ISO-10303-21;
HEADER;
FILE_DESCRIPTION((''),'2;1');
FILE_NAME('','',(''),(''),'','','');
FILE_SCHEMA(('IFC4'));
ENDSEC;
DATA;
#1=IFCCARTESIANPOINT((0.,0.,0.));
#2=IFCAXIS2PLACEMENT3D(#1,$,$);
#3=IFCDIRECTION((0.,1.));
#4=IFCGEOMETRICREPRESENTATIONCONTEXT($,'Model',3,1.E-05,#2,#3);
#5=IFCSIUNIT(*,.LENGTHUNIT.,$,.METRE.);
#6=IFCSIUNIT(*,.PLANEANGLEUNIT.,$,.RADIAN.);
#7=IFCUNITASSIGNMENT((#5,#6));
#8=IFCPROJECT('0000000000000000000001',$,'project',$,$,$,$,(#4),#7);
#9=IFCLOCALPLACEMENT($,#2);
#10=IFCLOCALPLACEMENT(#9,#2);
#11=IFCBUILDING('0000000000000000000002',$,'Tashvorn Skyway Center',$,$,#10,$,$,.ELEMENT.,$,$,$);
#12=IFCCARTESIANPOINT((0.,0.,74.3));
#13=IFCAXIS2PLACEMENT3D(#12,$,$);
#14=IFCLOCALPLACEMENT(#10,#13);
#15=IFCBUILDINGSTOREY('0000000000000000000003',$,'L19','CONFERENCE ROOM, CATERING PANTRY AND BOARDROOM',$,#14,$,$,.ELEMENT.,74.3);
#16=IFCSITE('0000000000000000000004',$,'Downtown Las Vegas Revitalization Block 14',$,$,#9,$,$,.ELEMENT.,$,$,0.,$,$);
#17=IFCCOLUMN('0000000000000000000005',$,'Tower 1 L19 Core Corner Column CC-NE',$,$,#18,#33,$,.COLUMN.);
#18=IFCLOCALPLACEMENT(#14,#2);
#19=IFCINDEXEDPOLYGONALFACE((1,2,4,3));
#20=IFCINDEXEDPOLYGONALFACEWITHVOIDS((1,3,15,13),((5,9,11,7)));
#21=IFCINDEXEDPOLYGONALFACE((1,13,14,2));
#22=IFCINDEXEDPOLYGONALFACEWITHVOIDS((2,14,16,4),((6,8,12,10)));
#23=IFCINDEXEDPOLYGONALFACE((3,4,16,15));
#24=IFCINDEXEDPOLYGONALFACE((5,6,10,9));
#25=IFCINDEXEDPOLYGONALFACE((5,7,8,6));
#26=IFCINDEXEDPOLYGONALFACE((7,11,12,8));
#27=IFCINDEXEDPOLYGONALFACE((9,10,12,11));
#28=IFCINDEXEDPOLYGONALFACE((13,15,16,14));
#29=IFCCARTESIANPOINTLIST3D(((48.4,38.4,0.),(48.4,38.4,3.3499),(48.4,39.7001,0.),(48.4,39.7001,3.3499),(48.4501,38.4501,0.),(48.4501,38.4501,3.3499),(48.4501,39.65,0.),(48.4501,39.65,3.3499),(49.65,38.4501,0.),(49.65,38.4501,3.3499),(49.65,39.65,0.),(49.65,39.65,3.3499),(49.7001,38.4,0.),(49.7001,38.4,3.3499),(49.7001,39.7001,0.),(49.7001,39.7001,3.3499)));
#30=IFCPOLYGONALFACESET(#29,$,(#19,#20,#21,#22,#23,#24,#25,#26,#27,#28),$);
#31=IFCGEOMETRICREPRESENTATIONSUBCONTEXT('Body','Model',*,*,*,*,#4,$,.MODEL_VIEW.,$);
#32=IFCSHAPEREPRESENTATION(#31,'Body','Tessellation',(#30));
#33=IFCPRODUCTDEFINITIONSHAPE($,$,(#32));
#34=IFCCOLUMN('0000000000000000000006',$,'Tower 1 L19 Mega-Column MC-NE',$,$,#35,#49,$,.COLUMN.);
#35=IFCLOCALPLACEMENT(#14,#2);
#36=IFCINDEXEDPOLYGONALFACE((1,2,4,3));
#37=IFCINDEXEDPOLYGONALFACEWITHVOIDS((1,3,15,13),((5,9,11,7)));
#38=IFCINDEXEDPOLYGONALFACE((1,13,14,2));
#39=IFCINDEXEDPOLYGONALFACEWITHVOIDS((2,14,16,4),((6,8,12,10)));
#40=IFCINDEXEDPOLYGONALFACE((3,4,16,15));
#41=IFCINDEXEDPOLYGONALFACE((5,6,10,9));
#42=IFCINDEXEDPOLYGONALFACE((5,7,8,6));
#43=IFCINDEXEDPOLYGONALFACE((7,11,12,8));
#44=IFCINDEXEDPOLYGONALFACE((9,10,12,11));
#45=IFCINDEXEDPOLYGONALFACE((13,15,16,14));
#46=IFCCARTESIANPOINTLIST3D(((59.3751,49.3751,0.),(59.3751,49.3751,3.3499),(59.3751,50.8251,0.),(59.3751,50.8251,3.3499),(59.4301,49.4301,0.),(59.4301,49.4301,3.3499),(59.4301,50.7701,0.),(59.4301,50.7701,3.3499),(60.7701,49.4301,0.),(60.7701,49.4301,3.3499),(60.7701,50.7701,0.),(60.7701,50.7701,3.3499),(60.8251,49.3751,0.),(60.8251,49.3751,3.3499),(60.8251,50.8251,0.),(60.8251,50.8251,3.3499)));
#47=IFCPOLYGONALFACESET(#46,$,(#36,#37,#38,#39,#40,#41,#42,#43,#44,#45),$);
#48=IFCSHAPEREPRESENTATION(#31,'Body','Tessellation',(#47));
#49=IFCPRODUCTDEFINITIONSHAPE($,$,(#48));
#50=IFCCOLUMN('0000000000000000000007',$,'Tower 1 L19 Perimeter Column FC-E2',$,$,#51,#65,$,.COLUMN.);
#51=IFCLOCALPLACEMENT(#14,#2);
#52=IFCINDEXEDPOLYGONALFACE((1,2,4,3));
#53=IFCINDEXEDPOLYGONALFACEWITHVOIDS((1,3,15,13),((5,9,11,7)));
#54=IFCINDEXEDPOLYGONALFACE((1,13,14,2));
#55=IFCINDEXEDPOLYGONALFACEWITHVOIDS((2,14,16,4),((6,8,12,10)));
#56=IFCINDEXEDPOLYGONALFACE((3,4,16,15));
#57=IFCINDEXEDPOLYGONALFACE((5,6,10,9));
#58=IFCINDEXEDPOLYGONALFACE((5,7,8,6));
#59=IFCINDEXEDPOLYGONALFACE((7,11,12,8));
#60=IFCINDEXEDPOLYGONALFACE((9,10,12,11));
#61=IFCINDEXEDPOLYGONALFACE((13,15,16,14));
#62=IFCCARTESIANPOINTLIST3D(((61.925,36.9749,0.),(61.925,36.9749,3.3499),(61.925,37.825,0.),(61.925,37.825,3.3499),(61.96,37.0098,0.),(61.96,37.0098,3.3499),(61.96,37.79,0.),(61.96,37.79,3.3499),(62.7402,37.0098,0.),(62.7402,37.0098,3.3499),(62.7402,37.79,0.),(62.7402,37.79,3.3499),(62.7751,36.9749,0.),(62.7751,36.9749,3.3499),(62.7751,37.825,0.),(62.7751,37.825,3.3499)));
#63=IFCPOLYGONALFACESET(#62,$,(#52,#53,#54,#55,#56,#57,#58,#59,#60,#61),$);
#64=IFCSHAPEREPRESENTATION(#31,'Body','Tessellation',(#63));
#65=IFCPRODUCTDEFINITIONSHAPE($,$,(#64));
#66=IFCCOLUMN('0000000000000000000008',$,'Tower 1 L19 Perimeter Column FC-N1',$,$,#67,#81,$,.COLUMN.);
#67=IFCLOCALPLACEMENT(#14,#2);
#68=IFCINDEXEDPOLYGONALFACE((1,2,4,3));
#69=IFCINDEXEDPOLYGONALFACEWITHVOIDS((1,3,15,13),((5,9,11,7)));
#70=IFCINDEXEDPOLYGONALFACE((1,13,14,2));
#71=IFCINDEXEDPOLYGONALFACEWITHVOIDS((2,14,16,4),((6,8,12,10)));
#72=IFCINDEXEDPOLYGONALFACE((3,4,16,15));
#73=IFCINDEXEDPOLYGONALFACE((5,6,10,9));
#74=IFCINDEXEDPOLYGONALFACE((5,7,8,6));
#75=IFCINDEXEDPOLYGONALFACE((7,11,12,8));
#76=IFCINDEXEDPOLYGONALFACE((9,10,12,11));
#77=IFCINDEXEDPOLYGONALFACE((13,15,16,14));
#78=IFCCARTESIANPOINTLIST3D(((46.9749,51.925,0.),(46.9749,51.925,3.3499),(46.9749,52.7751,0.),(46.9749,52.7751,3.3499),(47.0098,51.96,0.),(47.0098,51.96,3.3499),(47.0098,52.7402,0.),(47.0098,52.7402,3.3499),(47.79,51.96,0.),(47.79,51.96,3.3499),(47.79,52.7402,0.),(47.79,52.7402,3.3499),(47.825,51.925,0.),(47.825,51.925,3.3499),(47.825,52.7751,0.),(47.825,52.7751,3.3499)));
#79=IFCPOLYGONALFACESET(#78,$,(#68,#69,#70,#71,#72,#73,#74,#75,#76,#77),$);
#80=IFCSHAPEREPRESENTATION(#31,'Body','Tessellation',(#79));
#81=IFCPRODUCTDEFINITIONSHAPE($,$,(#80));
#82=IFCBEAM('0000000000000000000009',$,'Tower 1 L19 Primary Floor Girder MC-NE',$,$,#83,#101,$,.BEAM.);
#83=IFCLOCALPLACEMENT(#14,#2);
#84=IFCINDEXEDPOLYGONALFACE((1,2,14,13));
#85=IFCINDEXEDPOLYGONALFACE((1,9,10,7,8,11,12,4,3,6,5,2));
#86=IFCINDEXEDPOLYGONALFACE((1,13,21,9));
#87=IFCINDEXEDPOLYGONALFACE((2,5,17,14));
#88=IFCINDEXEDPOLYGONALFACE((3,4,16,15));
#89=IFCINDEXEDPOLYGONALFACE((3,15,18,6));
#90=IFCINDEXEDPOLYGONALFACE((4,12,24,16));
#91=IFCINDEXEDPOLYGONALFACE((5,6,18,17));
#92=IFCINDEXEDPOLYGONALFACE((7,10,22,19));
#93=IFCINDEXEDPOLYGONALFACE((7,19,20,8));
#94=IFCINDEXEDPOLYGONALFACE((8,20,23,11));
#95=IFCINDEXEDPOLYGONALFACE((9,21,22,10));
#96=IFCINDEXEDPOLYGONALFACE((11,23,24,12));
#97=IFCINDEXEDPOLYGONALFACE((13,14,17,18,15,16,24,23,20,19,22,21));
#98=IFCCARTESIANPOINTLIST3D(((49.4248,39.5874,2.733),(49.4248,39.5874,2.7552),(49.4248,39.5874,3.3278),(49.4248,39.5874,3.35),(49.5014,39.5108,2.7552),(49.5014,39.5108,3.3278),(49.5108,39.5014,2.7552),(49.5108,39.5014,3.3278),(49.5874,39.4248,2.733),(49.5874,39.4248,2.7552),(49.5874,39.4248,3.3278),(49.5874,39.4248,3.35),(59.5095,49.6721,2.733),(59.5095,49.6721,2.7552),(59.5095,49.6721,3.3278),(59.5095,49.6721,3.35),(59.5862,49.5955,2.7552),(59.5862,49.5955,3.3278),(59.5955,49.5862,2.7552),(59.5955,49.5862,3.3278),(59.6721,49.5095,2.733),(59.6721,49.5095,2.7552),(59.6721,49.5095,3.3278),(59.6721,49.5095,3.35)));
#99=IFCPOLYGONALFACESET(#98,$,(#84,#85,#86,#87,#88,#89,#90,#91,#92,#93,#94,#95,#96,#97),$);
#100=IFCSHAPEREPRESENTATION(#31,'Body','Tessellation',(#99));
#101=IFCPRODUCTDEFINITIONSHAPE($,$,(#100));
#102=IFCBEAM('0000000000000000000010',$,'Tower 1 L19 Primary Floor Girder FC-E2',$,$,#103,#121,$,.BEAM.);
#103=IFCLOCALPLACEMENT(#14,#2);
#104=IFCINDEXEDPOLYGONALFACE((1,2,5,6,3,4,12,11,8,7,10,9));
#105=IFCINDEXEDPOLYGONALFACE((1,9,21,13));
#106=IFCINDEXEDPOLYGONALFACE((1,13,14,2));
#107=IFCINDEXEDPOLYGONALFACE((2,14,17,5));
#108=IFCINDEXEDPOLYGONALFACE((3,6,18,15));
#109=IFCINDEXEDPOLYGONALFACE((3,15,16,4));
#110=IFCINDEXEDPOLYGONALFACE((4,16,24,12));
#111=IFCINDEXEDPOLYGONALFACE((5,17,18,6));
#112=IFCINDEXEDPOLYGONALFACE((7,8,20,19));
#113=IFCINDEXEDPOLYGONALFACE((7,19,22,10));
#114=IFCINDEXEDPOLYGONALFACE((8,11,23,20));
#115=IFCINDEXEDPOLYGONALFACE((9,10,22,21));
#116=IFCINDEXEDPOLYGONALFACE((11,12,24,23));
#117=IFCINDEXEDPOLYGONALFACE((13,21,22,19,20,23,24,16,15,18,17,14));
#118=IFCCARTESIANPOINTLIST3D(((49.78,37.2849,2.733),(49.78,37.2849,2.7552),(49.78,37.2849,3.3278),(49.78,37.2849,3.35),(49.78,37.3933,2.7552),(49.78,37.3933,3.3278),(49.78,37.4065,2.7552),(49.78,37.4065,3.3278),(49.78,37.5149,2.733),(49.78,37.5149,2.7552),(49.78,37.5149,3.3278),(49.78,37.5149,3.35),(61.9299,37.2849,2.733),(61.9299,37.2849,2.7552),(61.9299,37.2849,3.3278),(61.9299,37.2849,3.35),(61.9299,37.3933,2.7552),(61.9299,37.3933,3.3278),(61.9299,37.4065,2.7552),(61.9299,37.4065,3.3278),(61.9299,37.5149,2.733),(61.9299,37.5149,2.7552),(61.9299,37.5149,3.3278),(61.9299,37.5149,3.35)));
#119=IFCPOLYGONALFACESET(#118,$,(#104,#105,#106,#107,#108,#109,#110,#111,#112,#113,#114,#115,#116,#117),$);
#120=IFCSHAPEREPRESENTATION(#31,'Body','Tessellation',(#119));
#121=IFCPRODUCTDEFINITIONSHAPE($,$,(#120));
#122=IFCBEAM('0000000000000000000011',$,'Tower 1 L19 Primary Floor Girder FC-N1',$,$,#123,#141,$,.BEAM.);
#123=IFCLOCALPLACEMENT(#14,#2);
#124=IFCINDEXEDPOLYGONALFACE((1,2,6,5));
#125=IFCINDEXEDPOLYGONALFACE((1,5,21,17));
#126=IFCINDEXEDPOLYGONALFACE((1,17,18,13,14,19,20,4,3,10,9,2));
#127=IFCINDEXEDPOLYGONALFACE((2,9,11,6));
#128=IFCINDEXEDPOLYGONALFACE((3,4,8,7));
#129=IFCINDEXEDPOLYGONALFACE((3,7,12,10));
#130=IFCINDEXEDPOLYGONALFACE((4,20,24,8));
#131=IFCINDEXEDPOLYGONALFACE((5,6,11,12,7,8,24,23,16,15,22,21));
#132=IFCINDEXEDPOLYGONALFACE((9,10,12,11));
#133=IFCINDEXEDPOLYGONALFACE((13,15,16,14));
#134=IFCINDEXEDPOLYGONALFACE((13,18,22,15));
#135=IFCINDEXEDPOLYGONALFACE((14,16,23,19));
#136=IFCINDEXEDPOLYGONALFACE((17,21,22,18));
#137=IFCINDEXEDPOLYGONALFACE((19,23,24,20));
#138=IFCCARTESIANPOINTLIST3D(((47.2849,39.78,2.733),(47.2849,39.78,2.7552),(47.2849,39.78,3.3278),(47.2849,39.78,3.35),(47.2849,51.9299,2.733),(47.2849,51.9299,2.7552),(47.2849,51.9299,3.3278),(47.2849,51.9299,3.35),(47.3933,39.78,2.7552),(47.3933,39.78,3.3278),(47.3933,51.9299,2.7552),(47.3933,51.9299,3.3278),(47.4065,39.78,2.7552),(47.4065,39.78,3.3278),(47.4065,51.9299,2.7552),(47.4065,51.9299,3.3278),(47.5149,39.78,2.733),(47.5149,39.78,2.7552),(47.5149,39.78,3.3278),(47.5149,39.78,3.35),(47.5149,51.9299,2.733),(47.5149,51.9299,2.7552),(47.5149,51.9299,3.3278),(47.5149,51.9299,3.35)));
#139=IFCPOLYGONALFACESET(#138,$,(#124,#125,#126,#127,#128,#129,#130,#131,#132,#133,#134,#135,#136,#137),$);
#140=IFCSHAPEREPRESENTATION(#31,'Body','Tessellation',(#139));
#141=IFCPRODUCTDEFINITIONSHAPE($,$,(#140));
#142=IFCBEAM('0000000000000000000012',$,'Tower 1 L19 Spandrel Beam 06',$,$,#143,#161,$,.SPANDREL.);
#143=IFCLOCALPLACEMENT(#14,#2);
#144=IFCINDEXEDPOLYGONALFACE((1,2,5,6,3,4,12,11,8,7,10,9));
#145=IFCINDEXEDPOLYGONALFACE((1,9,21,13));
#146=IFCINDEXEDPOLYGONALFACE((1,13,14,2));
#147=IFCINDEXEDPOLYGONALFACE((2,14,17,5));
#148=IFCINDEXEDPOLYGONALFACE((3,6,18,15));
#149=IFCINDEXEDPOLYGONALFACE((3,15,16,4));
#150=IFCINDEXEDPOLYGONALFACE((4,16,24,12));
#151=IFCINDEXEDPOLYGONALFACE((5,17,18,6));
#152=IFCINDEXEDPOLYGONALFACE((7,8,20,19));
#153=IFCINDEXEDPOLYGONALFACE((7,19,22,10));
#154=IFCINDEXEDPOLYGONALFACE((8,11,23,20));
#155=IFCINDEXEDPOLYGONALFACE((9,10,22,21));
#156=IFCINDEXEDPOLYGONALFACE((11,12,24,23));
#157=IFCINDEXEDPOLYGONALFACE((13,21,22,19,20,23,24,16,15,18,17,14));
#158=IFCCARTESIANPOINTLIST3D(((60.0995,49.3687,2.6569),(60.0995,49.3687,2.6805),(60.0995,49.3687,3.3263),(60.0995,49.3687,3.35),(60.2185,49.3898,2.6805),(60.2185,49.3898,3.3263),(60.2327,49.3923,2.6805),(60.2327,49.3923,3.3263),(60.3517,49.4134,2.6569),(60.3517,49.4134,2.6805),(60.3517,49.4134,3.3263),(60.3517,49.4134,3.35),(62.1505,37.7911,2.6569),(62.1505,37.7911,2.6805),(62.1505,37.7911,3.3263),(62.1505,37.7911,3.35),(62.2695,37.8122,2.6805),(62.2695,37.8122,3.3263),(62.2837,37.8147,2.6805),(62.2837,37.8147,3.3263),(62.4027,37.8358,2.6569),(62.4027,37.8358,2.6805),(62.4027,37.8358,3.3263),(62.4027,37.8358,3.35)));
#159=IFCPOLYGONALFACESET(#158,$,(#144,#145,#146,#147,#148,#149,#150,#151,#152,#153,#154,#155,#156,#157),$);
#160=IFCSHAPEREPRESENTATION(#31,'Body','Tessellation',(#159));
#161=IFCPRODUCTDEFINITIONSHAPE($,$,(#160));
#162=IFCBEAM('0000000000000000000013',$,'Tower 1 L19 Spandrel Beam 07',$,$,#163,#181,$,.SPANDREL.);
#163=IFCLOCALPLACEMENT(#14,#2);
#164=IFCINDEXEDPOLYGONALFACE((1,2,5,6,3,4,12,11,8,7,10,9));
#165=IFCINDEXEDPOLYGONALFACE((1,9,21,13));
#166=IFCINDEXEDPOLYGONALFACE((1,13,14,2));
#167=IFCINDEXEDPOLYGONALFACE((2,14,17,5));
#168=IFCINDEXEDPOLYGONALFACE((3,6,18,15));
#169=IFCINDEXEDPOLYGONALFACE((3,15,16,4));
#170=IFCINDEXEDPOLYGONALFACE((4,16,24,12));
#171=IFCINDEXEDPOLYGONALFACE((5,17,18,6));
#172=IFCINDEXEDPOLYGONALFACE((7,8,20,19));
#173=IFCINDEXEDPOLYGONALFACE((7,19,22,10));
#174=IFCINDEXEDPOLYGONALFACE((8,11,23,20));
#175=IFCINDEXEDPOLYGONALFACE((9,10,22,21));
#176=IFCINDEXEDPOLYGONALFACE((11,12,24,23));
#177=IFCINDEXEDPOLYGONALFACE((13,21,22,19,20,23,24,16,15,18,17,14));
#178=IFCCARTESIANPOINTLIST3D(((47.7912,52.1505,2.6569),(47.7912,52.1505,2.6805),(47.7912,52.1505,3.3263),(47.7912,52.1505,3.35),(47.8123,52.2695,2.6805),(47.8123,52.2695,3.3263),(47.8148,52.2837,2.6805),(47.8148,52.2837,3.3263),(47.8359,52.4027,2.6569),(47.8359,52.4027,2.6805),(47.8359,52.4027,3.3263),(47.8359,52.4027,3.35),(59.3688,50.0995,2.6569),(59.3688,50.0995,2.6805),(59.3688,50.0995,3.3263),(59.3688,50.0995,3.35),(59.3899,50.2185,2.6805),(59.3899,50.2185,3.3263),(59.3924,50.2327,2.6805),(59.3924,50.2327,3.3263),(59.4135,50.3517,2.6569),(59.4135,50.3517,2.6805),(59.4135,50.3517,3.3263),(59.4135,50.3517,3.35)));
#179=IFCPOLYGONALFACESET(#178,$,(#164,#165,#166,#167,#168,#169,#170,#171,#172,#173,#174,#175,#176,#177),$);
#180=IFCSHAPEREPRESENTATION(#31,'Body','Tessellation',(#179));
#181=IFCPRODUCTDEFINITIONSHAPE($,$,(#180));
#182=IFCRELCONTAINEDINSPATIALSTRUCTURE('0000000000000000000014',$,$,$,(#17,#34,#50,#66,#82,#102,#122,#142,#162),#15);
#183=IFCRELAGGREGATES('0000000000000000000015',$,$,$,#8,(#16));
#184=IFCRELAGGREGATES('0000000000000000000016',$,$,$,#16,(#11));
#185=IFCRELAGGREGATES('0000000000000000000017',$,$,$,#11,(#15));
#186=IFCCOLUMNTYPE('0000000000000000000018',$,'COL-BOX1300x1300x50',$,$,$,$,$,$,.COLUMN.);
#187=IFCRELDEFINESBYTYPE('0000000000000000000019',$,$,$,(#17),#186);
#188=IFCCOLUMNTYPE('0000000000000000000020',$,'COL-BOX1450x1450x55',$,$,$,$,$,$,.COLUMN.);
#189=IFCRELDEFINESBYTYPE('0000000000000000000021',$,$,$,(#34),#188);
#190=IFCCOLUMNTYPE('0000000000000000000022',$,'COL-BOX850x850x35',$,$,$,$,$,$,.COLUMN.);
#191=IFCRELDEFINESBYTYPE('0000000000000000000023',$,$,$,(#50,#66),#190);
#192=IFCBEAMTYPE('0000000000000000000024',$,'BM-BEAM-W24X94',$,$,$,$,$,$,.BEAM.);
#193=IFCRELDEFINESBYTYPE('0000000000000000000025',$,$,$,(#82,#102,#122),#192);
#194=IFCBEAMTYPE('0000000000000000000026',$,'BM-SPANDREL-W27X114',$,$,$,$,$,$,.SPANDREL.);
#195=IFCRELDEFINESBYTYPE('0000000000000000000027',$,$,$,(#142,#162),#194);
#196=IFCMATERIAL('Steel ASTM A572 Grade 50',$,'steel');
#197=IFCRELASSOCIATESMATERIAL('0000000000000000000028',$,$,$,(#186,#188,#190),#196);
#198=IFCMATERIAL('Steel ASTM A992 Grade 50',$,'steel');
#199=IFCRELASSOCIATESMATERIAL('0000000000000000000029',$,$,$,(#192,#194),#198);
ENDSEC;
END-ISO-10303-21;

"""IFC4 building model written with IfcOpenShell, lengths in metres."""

from ifc_helpers import new_model, si_unit, direction, frame, origin, origin_2d, place, context, subcontext, project, spatial, hollow_rectangle, i_section, extrude, material, material_profile, profile_set, type_object, element, save


model = new_model("IFC4")

# Units and contexts
model_context = context("Model", 3, precision=1e-05, world=origin(), true_north=direction((0.0, 1.0)))
body_context = subcontext(model_context, "Body", "Model", "MODEL_VIEW")
ifc_project = project(units=[si_unit("LENGTHUNIT", "METRE"), si_unit("PLANEANGLEUNIT", "RADIAN")], contexts=[model_context])

# Site, building, storey
site_placement = place(None, origin())
site = spatial("IfcSite", under=ifc_project, at=site_placement, Name="Downtown Las Vegas Revitalization Block 14", CompositionType="ELEMENT", RefElevation=0.0)
building_placement = place(site_placement, origin())
building = spatial("IfcBuilding", under=site, at=building_placement, Name="Tashvorn Skyway Center", CompositionType="ELEMENT")
storey_placement = place(building_placement, frame((0.0, 0.0, 74.3)))
storey = spatial("IfcBuildingStorey", under=building, at=storey_placement, Name="L19", Description="CONFERENCE ROOM, CATERING PANTRY AND BOARDROOM", CompositionType="ELEMENT", Elevation=74.3)

# Columns
ifc_material_1 = material(Name="Steel ASTM A572 Grade 50", Category="steel")
ifc_material_profile_1 = material_profile(ifc_material_1, hollow_rectangle(XDim=1.3, YDim=1.3, WallThickness=0.05, at=origin_2d()), Name="BOX1300x1300x50")
ifc_profile_set_1 = profile_set([ifc_material_profile_1], Name="Steel ASTM A572 Grade 50")
column_type_1 = type_object("IfcColumnType", Name="COL-BOX1300x1300x50", PredefinedType="COLUMN", material=ifc_profile_set_1)
column_1_placement = place(storey_placement, frame((49.05, 39.05, 0.0), z_axis=(0.0, 0.0, 1.0), x_axis=(1.0, 0.0, 0.0)))
element("IfcColumn", 1, at=column_1_placement, inside=storey, type_object=column_type_1, Name="Tower 1 L19 Core Corner Column CC-NE", PredefinedType="COLUMN", context=body_context, shape_type="SweptSolid", body=[
    extrude(hollow_rectangle(XDim=1.3, YDim=1.3, WallThickness=0.05, at=origin_2d()), origin(), (0.0, 0.0, 1.0), 3.3499),
])
ifc_material_profile_2 = material_profile(ifc_material_1, hollow_rectangle(XDim=1.45, YDim=1.45, WallThickness=0.0549, at=origin_2d()), Name="BOX1450x1450x55")
ifc_profile_set_2 = profile_set([ifc_material_profile_2], Name="Steel ASTM A572 Grade 50")
column_type_2 = type_object("IfcColumnType", Name="COL-BOX1450x1450x55", PredefinedType="COLUMN", material=ifc_profile_set_2)
column_2_placement = place(storey_placement, frame((60.1001, 50.1001, 0.0), z_axis=(0.0, 0.0, 1.0), x_axis=(1.0, 0.0, 0.0)))
element("IfcColumn", 2, at=column_2_placement, inside=storey, type_object=column_type_2, Name="Tower 1 L19 Mega-Column MC-NE", PredefinedType="COLUMN", context=body_context, shape_type="SweptSolid", body=[
    extrude(hollow_rectangle(XDim=1.45, YDim=1.45, WallThickness=0.0549, at=origin_2d()), origin(), (0.0, 0.0, 1.0), 3.3499),
])
ifc_material_profile_3 = material_profile(ifc_material_1, hollow_rectangle(XDim=0.8501, YDim=0.8501, WallThickness=0.0349, at=origin_2d()), Name="BOX850x850x35")
ifc_profile_set_3 = profile_set([ifc_material_profile_3], Name="Steel ASTM A572 Grade 50")
column_type_3 = type_object("IfcColumnType", Name="COL-BOX850x850x35", PredefinedType="COLUMN", material=ifc_profile_set_3)
for number, where, z_axis, x_axis, name in (
    (3, (62.3501, 37.3999, 0.0), (0.0, 0.0, 1.0), (1.0, 0.0, 0.0), "Tower 1 L19 Perimeter Column FC-E2"),
    (4, (47.3999, 52.3501, 0.0), (0.0, 0.0, 1.0), (1.0, 0.0, 0.0), "Tower 1 L19 Perimeter Column FC-N1"),
):
    element("IfcColumn", number, at=place(storey_placement, frame(where, z_axis=z_axis, x_axis=x_axis)), inside=storey, type_object=column_type_3, Name=name, PredefinedType="COLUMN", context=body_context, shape_type="SweptSolid", body=[
        extrude(hollow_rectangle(XDim=0.8501, YDim=0.8501, WallThickness=0.0349, at=origin_2d()), origin(), (0.0, 0.0, 1.0), 3.3499),
    ])

# Beams
ifc_material_2 = material(Name="Steel ASTM A992 Grade 50", Category="steel")
ifc_material_profile_4 = material_profile(ifc_material_2, i_section(OverallWidth=0.23, OverallDepth=0.6169, WebThickness=0.0132, FlangeThickness=0.0222, at=origin_2d()), Name="W24X94")
ifc_profile_set_4 = profile_set([ifc_material_profile_4], Name="Steel ASTM A992 Grade 50")
beam_type_1 = type_object("IfcBeamType", Name="BM-BEAM-W24X94", PredefinedType="BEAM", material=ifc_profile_set_4)
beam_1_placement = place(storey_placement, frame((59.5908, 49.5908, 3.0415), z_axis=(-0.707107, -0.707107, 0.0), x_axis=(0.707107, -0.707107, 0.0)))
element("IfcBeam", 5, at=beam_1_placement, inside=storey, type_object=beam_type_1, Name="Tower 1 L19 Primary Floor Girder MC-NE", PredefinedType="BEAM", context=body_context, shape_type="SweptSolid", body=[
    extrude(i_section(OverallWidth=0.23, OverallDepth=0.6169, WebThickness=0.0132, FlangeThickness=0.0222, at=origin_2d()), origin(), (0.0, 0.0, 1.0), 14.262),
])
for number, where, z_axis, x_axis, name in (
    (6, (61.9299, 37.3999, 3.0415), (-1.0, 0.0, 0.0), (0.0, -1.0, 0.0), "Tower 1 L19 Primary Floor Girder FC-E2"),
    (7, (47.3999, 51.9299, 3.0415), (0.0, -1.0, 0.0), (1.0, 0.0, 0.0), "Tower 1 L19 Primary Floor Girder FC-N1"),
):
    element("IfcBeam", number, at=place(storey_placement, frame(where, z_axis=z_axis, x_axis=x_axis)), inside=storey, type_object=beam_type_1, Name=name, PredefinedType="BEAM", context=body_context, shape_type="SweptSolid", body=[
        extrude(i_section(OverallWidth=0.23, OverallDepth=0.6169, WebThickness=0.0132, FlangeThickness=0.0222, at=origin_2d()), origin(), (0.0, 0.0, 1.0), 12.1499),
    ])
ifc_material_profile_5 = material_profile(ifc_material_2, i_section(OverallWidth=0.2561, OverallDepth=0.6931, WebThickness=0.0144, FlangeThickness=0.0237, at=origin_2d()), Name="W27X114")
ifc_profile_set_5 = profile_set([ifc_material_profile_5], Name="Steel ASTM A992 Grade 50")
beam_type_2 = type_object("IfcBeamType", Name="BM-SPANDREL-W27X114", PredefinedType="SPANDREL", material=ifc_profile_set_5)
for number, where, z_axis, x_axis, name in (
    (8, (62.2766, 37.8135, 3.0034), (-0.174438, 0.984668, 0.0), (-0.984668, -0.174438, 0.0), "Tower 1 L19 Spandrel Beam 06"),
    (9, (59.3911, 50.2256, 3.0034), (-0.984668, 0.174438, 0.0), (-0.174438, -0.984668, 0.0), "Tower 1 L19 Spandrel Beam 07"),
):
    element("IfcBeam", number, at=place(storey_placement, frame(where, z_axis=z_axis, x_axis=x_axis)), inside=storey, type_object=beam_type_2, Name=name, PredefinedType="SPANDREL", context=body_context, shape_type="SweptSolid", body=[
        extrude(i_section(OverallWidth=0.2561, OverallDepth=0.6931, WebThickness=0.0144, FlangeThickness=0.0237, at=origin_2d()), origin(), (0.0, 0.0, 1.0), 11.7578),
    ])

save(model, "model.ifc")
